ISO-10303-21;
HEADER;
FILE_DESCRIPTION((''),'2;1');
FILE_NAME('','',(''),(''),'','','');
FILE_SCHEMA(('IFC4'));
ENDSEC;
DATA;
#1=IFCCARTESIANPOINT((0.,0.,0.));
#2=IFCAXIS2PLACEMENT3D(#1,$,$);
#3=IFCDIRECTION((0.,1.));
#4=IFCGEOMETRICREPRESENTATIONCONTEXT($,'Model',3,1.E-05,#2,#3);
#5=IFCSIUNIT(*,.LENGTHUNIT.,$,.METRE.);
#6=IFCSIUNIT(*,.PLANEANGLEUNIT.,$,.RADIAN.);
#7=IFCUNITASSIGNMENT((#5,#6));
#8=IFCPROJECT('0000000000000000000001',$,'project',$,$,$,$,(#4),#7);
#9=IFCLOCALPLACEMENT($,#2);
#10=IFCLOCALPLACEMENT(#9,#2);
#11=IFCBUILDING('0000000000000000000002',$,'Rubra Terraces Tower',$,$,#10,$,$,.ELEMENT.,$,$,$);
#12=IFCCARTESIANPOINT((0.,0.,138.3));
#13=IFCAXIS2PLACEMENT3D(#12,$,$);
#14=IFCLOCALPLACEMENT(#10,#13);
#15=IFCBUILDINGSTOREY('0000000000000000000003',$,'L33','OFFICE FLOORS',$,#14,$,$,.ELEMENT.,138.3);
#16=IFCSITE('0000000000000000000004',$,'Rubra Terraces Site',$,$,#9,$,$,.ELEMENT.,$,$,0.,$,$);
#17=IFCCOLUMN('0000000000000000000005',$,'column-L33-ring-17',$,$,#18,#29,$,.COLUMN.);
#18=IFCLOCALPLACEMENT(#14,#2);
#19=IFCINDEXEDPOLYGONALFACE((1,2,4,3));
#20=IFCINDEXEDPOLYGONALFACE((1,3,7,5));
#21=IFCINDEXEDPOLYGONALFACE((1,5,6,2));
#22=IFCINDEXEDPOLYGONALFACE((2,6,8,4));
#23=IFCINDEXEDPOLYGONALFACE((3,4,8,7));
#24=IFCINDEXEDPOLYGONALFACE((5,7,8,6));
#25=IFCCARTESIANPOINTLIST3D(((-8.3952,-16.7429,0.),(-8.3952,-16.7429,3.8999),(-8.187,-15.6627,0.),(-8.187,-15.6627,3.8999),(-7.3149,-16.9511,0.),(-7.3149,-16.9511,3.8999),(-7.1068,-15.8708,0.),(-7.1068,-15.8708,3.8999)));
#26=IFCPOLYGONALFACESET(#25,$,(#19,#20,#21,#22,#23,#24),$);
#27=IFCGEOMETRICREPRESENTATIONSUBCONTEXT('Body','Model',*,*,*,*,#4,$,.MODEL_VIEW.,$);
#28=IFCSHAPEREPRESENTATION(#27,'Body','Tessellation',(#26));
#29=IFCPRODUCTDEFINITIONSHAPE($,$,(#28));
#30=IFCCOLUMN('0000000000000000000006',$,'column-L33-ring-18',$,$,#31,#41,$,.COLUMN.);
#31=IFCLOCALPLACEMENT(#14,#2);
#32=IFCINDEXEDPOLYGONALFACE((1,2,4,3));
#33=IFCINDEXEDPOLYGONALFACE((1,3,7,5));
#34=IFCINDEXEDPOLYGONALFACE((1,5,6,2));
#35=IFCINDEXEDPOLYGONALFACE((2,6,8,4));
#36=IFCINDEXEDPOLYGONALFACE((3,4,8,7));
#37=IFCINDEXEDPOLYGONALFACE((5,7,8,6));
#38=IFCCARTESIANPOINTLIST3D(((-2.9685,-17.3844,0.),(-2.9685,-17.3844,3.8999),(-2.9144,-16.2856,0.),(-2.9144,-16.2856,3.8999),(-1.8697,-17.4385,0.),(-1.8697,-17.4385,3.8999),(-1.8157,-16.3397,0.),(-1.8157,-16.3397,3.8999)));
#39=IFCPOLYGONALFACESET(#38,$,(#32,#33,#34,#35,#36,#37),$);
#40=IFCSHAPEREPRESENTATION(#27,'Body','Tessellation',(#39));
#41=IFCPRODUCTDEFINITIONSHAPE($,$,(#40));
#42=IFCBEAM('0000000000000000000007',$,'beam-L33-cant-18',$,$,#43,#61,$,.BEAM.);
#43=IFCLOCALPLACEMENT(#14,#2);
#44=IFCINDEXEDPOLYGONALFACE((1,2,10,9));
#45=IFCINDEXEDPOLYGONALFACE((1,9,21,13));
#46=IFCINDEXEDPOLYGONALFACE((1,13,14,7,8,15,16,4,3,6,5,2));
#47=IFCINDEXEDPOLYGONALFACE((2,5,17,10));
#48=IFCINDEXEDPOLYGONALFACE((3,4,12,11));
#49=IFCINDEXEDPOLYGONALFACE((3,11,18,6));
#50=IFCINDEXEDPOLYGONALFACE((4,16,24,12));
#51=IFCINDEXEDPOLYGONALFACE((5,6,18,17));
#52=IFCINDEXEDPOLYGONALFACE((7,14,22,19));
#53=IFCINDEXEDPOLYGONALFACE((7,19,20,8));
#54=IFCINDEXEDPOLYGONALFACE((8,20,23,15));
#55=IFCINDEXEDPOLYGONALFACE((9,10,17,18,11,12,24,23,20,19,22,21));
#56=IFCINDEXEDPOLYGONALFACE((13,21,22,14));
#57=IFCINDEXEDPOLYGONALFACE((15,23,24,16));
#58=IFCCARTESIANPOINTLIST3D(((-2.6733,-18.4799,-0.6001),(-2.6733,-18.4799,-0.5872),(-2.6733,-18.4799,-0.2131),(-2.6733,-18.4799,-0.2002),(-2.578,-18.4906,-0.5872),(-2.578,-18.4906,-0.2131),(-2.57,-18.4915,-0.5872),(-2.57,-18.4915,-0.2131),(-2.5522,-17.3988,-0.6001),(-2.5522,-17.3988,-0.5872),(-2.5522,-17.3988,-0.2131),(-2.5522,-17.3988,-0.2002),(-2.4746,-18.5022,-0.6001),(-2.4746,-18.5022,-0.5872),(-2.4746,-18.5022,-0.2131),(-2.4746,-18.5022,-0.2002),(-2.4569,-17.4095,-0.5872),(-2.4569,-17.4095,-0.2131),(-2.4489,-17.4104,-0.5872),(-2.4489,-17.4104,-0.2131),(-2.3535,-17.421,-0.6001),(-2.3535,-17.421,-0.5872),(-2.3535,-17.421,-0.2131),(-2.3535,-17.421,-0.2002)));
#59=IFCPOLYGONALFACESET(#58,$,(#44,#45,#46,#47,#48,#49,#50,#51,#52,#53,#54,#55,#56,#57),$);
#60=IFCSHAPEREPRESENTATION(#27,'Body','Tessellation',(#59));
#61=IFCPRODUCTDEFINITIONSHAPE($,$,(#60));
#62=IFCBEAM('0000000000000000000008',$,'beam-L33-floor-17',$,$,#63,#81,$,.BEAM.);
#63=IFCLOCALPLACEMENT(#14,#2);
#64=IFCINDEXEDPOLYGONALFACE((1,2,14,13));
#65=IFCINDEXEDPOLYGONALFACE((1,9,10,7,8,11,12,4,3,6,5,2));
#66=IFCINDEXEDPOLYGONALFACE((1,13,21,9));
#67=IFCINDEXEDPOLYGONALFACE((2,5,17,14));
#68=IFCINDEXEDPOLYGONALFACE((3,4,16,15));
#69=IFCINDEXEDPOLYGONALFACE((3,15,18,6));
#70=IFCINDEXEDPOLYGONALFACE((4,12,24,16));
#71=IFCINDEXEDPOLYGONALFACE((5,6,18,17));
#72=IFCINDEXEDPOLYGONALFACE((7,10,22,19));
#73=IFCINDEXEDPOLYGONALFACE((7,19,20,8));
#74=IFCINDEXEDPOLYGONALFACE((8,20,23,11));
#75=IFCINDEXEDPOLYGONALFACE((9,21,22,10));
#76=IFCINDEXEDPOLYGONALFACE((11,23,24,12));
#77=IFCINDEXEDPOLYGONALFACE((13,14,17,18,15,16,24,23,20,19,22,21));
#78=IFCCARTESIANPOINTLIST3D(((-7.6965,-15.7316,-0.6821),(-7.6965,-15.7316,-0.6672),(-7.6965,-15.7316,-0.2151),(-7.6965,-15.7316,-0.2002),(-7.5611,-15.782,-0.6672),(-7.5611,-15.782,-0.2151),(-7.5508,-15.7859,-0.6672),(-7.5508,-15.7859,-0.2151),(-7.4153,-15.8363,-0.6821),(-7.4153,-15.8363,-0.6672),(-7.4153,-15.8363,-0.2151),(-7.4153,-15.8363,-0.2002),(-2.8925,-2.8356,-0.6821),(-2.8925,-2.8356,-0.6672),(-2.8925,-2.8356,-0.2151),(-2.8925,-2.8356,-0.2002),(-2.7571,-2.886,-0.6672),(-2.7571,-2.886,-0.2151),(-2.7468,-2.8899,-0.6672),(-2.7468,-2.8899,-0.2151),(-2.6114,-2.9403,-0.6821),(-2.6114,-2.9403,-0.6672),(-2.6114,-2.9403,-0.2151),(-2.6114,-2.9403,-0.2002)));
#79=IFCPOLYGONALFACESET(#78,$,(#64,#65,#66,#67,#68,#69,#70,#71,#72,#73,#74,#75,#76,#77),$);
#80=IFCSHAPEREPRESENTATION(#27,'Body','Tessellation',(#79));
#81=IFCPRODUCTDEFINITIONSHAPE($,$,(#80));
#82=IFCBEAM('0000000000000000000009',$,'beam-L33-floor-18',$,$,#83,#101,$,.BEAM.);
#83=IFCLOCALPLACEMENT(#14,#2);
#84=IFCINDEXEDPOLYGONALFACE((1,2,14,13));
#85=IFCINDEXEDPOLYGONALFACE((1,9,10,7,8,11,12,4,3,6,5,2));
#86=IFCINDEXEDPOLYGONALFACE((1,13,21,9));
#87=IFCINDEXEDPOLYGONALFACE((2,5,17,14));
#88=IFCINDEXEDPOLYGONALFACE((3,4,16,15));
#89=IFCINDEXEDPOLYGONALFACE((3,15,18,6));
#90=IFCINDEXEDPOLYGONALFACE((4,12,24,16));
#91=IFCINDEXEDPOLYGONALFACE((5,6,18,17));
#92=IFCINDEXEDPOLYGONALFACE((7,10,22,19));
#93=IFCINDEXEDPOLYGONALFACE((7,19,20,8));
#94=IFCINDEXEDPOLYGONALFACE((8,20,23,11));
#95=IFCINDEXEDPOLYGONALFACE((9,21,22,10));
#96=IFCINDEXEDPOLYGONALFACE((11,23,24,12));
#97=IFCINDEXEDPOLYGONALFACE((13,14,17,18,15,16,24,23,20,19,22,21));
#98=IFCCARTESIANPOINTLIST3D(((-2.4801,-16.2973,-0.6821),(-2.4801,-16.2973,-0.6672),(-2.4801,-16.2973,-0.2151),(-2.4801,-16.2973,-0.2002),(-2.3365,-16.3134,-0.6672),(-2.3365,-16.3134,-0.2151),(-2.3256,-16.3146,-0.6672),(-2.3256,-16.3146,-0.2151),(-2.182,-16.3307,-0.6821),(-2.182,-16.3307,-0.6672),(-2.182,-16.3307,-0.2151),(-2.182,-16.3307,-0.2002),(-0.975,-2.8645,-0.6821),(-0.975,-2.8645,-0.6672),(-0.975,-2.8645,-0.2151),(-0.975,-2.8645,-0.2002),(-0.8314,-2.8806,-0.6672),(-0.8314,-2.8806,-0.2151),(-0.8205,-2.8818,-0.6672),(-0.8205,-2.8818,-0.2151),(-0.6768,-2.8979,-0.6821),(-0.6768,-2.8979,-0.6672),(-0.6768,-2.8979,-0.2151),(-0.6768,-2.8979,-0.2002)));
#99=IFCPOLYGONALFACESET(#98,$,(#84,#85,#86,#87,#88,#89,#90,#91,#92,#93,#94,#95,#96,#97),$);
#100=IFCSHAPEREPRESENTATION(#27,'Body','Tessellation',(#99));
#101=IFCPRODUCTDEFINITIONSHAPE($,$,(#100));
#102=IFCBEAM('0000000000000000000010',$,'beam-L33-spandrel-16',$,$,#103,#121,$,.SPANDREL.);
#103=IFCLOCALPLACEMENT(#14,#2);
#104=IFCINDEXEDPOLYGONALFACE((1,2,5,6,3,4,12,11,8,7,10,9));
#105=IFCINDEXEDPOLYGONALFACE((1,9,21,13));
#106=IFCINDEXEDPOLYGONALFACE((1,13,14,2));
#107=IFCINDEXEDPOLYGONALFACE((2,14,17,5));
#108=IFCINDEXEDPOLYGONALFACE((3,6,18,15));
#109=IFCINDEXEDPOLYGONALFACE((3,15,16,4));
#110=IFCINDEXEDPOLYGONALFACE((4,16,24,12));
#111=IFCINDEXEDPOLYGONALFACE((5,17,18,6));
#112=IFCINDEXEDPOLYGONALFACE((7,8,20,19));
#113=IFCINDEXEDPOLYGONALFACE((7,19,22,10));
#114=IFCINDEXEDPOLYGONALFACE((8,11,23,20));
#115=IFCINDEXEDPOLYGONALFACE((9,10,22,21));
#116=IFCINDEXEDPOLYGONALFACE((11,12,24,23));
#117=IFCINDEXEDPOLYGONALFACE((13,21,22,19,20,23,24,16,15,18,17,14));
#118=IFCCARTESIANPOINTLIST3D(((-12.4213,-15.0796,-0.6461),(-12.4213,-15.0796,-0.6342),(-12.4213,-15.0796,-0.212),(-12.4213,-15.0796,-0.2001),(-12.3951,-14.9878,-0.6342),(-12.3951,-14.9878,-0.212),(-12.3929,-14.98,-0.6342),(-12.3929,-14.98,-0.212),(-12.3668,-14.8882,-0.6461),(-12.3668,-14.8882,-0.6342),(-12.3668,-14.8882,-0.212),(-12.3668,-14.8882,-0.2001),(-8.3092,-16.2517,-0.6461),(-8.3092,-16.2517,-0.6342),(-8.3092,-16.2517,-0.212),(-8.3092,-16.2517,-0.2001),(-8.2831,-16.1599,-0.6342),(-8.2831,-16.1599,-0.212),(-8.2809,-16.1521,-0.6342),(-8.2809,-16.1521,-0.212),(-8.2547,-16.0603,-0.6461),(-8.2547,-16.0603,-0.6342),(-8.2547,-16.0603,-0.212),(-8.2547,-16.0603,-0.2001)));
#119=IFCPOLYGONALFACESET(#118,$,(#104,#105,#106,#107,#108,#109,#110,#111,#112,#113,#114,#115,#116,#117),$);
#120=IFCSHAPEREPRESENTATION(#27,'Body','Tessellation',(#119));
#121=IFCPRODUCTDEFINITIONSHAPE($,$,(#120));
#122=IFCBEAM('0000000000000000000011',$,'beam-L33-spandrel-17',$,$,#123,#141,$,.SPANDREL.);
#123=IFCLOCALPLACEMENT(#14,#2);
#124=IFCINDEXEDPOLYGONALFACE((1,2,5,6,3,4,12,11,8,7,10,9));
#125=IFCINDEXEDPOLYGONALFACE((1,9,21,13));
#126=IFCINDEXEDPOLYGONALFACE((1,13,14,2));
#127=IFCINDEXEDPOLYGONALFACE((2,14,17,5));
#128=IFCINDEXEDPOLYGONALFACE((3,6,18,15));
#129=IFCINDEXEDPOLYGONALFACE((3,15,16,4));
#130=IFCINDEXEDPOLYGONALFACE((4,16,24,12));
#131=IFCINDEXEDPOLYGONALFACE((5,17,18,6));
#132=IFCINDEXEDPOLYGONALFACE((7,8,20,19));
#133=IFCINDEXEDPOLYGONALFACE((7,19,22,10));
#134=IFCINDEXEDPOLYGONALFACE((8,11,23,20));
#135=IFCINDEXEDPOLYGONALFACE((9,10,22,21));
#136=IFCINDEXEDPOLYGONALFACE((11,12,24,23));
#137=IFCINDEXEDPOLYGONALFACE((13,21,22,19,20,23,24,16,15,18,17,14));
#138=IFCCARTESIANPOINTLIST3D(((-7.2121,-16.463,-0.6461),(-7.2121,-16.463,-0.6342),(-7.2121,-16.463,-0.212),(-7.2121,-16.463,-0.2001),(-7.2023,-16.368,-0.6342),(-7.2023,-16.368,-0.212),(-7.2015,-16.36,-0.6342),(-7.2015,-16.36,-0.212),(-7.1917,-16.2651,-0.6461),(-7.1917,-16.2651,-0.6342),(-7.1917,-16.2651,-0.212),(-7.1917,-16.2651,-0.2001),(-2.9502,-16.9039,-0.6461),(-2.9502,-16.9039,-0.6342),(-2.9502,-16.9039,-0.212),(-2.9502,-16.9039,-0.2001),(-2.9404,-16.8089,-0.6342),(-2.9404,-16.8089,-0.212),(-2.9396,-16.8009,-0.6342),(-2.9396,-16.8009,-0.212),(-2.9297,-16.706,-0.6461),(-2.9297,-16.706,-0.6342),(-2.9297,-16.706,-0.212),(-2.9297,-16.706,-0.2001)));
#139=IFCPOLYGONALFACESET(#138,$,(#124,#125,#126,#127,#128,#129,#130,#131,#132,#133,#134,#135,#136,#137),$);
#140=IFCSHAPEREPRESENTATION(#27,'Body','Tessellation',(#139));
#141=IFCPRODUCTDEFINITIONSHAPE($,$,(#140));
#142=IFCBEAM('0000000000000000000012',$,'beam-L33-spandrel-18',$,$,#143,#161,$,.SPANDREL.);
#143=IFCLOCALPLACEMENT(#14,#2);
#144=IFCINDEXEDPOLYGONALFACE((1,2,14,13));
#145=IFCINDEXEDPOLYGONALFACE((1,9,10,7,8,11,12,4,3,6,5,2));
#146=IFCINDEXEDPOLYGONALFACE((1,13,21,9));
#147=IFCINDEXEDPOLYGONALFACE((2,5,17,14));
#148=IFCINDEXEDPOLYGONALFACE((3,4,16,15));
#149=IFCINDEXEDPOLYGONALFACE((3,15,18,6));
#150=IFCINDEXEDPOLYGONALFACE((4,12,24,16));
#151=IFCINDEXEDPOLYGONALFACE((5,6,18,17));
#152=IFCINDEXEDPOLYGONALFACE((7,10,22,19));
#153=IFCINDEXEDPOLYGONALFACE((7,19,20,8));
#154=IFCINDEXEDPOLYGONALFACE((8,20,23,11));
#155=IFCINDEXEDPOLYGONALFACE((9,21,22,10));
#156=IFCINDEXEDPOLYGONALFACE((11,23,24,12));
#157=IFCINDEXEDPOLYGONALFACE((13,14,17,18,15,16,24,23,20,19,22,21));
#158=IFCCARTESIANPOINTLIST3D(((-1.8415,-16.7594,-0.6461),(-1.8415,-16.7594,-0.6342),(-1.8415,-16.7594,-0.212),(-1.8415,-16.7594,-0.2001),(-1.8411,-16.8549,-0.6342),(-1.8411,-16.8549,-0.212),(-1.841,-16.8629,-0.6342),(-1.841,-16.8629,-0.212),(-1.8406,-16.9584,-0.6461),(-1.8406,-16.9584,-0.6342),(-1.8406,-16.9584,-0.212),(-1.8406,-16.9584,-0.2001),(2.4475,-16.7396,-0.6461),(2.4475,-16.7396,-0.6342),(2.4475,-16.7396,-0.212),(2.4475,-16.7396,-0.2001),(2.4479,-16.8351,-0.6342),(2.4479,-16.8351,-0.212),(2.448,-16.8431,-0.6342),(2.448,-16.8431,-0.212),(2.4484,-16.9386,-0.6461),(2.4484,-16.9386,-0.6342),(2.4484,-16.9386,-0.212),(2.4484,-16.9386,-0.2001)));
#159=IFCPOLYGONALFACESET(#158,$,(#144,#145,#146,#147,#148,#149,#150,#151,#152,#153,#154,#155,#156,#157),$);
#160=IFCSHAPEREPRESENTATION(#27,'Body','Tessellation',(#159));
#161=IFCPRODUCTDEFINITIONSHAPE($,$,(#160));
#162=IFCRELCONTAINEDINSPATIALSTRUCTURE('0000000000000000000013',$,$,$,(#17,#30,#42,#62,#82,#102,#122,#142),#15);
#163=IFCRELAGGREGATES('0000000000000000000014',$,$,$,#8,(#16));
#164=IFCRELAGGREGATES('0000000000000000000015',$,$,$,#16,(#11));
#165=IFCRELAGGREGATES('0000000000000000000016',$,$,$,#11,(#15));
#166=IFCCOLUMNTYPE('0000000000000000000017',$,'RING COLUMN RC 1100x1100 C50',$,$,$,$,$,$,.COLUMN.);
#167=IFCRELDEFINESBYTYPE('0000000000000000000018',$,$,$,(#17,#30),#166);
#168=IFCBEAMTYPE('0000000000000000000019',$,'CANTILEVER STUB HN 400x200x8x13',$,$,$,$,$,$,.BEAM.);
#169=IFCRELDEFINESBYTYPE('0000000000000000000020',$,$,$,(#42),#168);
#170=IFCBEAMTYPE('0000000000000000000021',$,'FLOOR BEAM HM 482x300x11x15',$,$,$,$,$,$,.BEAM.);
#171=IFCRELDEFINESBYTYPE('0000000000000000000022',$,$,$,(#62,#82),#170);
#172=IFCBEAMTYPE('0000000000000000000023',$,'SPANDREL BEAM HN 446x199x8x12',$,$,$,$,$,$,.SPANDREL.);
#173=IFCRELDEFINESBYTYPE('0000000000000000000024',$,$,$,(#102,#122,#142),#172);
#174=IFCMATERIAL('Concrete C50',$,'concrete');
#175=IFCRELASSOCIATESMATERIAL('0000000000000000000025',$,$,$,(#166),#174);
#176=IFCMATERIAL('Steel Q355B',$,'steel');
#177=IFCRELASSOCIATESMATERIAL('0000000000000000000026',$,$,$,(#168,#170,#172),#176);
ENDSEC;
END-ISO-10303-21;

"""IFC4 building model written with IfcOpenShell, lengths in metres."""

from ifc_helpers import new_model, si_unit, direction, frame, origin, origin_2d, place, context, subcontext, project, spatial, rectangle, i_section, extrude, material, material_profile, profile_set, type_object, element, save


model = new_model("IFC4")

# Units and contexts
model_context = context("Model", 3, precision=1e-05, world=origin(), true_north=direction((0.0, 1.0)))
body_context = subcontext(model_context, "Body", "Model", "MODEL_VIEW")
ifc_project = project(units=[si_unit("LENGTHUNIT", "METRE"), si_unit("PLANEANGLEUNIT", "RADIAN")], contexts=[model_context])

# Site, building, storey
site_placement = place(None, origin())
site = spatial("IfcSite", under=ifc_project, at=site_placement, Name="Rubra Terraces Site", CompositionType="ELEMENT", RefElevation=0.0)
building_placement = place(site_placement, origin())
building = spatial("IfcBuilding", under=site, at=building_placement, Name="Rubra Terraces Tower", CompositionType="ELEMENT")
storey_placement = place(building_placement, frame((0.0, 0.0, 138.3)))
storey = spatial("IfcBuildingStorey", under=building, at=storey_placement, Name="L33", Description="OFFICE FLOORS", CompositionType="ELEMENT", Elevation=138.3)

# Columns
ifc_material_1 = material(Name="Concrete C50", Category="concrete")
ifc_material_profile_1 = material_profile(ifc_material_1, rectangle(XDim=1.1001, YDim=1.1001, at=origin_2d()), Name="RC 1100x1100")
ifc_profile_set_1 = profile_set([ifc_material_profile_1], Name="Concrete C50")
column_type = type_object("IfcColumnType", Name="RING COLUMN RC 1100x1100 C50", PredefinedType="COLUMN", material=ifc_profile_set_1)
for number, where, z_axis, x_axis, name in (
    (1, (-7.751, -16.3069, 0.0), (0.0, 0.0, 1.0), (0.981937, -0.18921, 0.0), "column-L33-ring-17"),
    (2, (-2.3921, -16.8621, 0.0), (0.0, 0.0, 1.0), (0.998791, -0.04915, 0.0), "column-L33-ring-18"),
):
    element("IfcColumn", number, at=place(storey_placement, frame(where, z_axis=z_axis, x_axis=x_axis)), inside=storey, type_object=column_type, Name=name, PredefinedType="COLUMN", context=body_context, shape_type="SweptSolid", body=[
        extrude(rectangle(XDim=1.1001, YDim=1.1001, at=origin_2d()), origin(), (0.0, 0.0, 1.0), 3.8999),
    ])

# Beams
ifc_material_2 = material(Name="Steel Q355B", Category="steel")
ifc_material_profile_2 = material_profile(ifc_material_2, i_section(OverallWidth=0.2, OverallDepth=0.3999, WebThickness=0.0081, FlangeThickness=0.0129, at=origin_2d()), Name="HN 400x200x8x13")
ifc_profile_set_2 = profile_set([ifc_material_profile_2], Name="Steel Q355B")
beam_type_1 = type_object("IfcBeamType", Name="CANTILEVER STUB HN 400x200x8x13", PredefinedType="BEAM", material=ifc_profile_set_2)
beam_1_placement = place(storey_placement, frame((-2.4529, -17.4099, -0.4001), z_axis=(-0.111318, -0.993785, 0.0), x_axis=(0.993785, -0.111318, 0.0)))
element("IfcBeam", 3, at=beam_1_placement, inside=storey, type_object=beam_type_1, Name="beam-L33-cant-18", PredefinedType="BEAM", context=body_context, shape_type="SweptSolid", body=[
    extrude(i_section(OverallWidth=0.2, OverallDepth=0.3999, WebThickness=0.0081, FlangeThickness=0.0129, at=origin_2d()), origin(), (0.0, 0.0, 1.0), 1.0879),
])
ifc_material_profile_3 = material_profile(ifc_material_2, i_section(OverallWidth=0.3, OverallDepth=0.4819, WebThickness=0.011, FlangeThickness=0.0149, at=origin_2d()), Name="HM 482x300x11x15")
ifc_profile_set_3 = profile_set([ifc_material_profile_3], Name="Steel Q355B")
beam_type_2 = type_object("IfcBeamType", Name="FLOOR BEAM HM 482x300x11x15", PredefinedType="BEAM", material=ifc_profile_set_3)
beam_2_placement = place(storey_placement, frame((-7.5559, -15.7839, -0.4412), z_axis=(0.349081, 0.937092, 0.0), x_axis=(-0.937092, 0.349081, 0.0)))
element("IfcBeam", 4, at=beam_2_placement, inside=storey, type_object=beam_type_2, Name="beam-L33-floor-17", PredefinedType="BEAM", context=body_context, shape_type="SweptSolid", body=[
    extrude(i_section(OverallWidth=0.3, OverallDepth=0.4819, WebThickness=0.011, FlangeThickness=0.0149, at=origin_2d()), origin(), (0.0, 0.0, 1.0), 13.7617),
])
beam_3_placement = place(storey_placement, frame((-2.3311, -16.314, -0.4412), z_axis=(0.111351, 0.993781, 0.0), x_axis=(-0.993781, 0.111351, 0.0)))
element("IfcBeam", 5, at=beam_3_placement, inside=storey, type_object=beam_type_2, Name="beam-L33-floor-18", PredefinedType="BEAM", context=body_context, shape_type="SweptSolid", body=[
    extrude(i_section(OverallWidth=0.3, OverallDepth=0.4819, WebThickness=0.011, FlangeThickness=0.0149, at=origin_2d()), origin(), (0.0, 0.0, 1.0), 13.5168),
])
ifc_material_profile_4 = material_profile(ifc_material_2, i_section(OverallWidth=0.199, OverallDepth=0.446, WebThickness=0.0081, FlangeThickness=0.012, at=origin_2d()), Name="HN 446x199x8x12")
ifc_profile_set_4 = profile_set([ifc_material_profile_4], Name="Steel Q355B")
beam_type_3 = type_object("IfcBeamType", Name="SPANDREL BEAM HN 446x199x8x12", PredefinedType="SPANDREL", material=ifc_profile_set_4)
beam_4_placement = place(storey_placement, frame((-12.394, -14.9839, -0.4231), z_axis=(0.961694, -0.274125, 0.0), x_axis=(0.274125, 0.961694, 0.0)))
element("IfcBeam", 6, at=beam_4_placement, inside=storey, type_object=beam_type_3, Name="beam-L33-spandrel-16", PredefinedType="SPANDREL", context=body_context, shape_type="SweptSolid", body=[
    extrude(i_section(OverallWidth=0.199, OverallDepth=0.446, WebThickness=0.0081, FlangeThickness=0.012, at=origin_2d()), origin(), (0.0, 0.0, 1.0), 4.2759),
])
beam_5_placement = place(storey_placement, frame((-7.2019, -16.364, -0.4231), z_axis=(0.994691, -0.102905, 0.0), x_axis=(0.102905, 0.994691, 0.0)))
element("IfcBeam", 7, at=beam_5_placement, inside=storey, type_object=beam_type_3, Name="beam-L33-spandrel-17", PredefinedType="SPANDREL", context=body_context, shape_type="SweptSolid", body=[
    extrude(i_section(OverallWidth=0.199, OverallDepth=0.446, WebThickness=0.0081, FlangeThickness=0.012, at=origin_2d()), origin(), (0.0, 0.0, 1.0), 4.2847),
])
beam_6_placement = place(storey_placement, frame((-1.8411, -16.8589, -0.4231), z_axis=(0.999989, 0.004611, 0.0), x_axis=(-0.004611, 0.999989, 0.0)))
element("IfcBeam", 8, at=beam_6_placement, inside=storey, type_object=beam_type_3, Name="beam-L33-spandrel-18", PredefinedType="SPANDREL", context=body_context, shape_type="SweptSolid", body=[
    extrude(i_section(OverallWidth=0.199, OverallDepth=0.446, WebThickness=0.0081, FlangeThickness=0.012, at=origin_2d()), origin(), (0.0, 0.0, 1.0), 4.2891),
])

save(model, "model.ifc")
